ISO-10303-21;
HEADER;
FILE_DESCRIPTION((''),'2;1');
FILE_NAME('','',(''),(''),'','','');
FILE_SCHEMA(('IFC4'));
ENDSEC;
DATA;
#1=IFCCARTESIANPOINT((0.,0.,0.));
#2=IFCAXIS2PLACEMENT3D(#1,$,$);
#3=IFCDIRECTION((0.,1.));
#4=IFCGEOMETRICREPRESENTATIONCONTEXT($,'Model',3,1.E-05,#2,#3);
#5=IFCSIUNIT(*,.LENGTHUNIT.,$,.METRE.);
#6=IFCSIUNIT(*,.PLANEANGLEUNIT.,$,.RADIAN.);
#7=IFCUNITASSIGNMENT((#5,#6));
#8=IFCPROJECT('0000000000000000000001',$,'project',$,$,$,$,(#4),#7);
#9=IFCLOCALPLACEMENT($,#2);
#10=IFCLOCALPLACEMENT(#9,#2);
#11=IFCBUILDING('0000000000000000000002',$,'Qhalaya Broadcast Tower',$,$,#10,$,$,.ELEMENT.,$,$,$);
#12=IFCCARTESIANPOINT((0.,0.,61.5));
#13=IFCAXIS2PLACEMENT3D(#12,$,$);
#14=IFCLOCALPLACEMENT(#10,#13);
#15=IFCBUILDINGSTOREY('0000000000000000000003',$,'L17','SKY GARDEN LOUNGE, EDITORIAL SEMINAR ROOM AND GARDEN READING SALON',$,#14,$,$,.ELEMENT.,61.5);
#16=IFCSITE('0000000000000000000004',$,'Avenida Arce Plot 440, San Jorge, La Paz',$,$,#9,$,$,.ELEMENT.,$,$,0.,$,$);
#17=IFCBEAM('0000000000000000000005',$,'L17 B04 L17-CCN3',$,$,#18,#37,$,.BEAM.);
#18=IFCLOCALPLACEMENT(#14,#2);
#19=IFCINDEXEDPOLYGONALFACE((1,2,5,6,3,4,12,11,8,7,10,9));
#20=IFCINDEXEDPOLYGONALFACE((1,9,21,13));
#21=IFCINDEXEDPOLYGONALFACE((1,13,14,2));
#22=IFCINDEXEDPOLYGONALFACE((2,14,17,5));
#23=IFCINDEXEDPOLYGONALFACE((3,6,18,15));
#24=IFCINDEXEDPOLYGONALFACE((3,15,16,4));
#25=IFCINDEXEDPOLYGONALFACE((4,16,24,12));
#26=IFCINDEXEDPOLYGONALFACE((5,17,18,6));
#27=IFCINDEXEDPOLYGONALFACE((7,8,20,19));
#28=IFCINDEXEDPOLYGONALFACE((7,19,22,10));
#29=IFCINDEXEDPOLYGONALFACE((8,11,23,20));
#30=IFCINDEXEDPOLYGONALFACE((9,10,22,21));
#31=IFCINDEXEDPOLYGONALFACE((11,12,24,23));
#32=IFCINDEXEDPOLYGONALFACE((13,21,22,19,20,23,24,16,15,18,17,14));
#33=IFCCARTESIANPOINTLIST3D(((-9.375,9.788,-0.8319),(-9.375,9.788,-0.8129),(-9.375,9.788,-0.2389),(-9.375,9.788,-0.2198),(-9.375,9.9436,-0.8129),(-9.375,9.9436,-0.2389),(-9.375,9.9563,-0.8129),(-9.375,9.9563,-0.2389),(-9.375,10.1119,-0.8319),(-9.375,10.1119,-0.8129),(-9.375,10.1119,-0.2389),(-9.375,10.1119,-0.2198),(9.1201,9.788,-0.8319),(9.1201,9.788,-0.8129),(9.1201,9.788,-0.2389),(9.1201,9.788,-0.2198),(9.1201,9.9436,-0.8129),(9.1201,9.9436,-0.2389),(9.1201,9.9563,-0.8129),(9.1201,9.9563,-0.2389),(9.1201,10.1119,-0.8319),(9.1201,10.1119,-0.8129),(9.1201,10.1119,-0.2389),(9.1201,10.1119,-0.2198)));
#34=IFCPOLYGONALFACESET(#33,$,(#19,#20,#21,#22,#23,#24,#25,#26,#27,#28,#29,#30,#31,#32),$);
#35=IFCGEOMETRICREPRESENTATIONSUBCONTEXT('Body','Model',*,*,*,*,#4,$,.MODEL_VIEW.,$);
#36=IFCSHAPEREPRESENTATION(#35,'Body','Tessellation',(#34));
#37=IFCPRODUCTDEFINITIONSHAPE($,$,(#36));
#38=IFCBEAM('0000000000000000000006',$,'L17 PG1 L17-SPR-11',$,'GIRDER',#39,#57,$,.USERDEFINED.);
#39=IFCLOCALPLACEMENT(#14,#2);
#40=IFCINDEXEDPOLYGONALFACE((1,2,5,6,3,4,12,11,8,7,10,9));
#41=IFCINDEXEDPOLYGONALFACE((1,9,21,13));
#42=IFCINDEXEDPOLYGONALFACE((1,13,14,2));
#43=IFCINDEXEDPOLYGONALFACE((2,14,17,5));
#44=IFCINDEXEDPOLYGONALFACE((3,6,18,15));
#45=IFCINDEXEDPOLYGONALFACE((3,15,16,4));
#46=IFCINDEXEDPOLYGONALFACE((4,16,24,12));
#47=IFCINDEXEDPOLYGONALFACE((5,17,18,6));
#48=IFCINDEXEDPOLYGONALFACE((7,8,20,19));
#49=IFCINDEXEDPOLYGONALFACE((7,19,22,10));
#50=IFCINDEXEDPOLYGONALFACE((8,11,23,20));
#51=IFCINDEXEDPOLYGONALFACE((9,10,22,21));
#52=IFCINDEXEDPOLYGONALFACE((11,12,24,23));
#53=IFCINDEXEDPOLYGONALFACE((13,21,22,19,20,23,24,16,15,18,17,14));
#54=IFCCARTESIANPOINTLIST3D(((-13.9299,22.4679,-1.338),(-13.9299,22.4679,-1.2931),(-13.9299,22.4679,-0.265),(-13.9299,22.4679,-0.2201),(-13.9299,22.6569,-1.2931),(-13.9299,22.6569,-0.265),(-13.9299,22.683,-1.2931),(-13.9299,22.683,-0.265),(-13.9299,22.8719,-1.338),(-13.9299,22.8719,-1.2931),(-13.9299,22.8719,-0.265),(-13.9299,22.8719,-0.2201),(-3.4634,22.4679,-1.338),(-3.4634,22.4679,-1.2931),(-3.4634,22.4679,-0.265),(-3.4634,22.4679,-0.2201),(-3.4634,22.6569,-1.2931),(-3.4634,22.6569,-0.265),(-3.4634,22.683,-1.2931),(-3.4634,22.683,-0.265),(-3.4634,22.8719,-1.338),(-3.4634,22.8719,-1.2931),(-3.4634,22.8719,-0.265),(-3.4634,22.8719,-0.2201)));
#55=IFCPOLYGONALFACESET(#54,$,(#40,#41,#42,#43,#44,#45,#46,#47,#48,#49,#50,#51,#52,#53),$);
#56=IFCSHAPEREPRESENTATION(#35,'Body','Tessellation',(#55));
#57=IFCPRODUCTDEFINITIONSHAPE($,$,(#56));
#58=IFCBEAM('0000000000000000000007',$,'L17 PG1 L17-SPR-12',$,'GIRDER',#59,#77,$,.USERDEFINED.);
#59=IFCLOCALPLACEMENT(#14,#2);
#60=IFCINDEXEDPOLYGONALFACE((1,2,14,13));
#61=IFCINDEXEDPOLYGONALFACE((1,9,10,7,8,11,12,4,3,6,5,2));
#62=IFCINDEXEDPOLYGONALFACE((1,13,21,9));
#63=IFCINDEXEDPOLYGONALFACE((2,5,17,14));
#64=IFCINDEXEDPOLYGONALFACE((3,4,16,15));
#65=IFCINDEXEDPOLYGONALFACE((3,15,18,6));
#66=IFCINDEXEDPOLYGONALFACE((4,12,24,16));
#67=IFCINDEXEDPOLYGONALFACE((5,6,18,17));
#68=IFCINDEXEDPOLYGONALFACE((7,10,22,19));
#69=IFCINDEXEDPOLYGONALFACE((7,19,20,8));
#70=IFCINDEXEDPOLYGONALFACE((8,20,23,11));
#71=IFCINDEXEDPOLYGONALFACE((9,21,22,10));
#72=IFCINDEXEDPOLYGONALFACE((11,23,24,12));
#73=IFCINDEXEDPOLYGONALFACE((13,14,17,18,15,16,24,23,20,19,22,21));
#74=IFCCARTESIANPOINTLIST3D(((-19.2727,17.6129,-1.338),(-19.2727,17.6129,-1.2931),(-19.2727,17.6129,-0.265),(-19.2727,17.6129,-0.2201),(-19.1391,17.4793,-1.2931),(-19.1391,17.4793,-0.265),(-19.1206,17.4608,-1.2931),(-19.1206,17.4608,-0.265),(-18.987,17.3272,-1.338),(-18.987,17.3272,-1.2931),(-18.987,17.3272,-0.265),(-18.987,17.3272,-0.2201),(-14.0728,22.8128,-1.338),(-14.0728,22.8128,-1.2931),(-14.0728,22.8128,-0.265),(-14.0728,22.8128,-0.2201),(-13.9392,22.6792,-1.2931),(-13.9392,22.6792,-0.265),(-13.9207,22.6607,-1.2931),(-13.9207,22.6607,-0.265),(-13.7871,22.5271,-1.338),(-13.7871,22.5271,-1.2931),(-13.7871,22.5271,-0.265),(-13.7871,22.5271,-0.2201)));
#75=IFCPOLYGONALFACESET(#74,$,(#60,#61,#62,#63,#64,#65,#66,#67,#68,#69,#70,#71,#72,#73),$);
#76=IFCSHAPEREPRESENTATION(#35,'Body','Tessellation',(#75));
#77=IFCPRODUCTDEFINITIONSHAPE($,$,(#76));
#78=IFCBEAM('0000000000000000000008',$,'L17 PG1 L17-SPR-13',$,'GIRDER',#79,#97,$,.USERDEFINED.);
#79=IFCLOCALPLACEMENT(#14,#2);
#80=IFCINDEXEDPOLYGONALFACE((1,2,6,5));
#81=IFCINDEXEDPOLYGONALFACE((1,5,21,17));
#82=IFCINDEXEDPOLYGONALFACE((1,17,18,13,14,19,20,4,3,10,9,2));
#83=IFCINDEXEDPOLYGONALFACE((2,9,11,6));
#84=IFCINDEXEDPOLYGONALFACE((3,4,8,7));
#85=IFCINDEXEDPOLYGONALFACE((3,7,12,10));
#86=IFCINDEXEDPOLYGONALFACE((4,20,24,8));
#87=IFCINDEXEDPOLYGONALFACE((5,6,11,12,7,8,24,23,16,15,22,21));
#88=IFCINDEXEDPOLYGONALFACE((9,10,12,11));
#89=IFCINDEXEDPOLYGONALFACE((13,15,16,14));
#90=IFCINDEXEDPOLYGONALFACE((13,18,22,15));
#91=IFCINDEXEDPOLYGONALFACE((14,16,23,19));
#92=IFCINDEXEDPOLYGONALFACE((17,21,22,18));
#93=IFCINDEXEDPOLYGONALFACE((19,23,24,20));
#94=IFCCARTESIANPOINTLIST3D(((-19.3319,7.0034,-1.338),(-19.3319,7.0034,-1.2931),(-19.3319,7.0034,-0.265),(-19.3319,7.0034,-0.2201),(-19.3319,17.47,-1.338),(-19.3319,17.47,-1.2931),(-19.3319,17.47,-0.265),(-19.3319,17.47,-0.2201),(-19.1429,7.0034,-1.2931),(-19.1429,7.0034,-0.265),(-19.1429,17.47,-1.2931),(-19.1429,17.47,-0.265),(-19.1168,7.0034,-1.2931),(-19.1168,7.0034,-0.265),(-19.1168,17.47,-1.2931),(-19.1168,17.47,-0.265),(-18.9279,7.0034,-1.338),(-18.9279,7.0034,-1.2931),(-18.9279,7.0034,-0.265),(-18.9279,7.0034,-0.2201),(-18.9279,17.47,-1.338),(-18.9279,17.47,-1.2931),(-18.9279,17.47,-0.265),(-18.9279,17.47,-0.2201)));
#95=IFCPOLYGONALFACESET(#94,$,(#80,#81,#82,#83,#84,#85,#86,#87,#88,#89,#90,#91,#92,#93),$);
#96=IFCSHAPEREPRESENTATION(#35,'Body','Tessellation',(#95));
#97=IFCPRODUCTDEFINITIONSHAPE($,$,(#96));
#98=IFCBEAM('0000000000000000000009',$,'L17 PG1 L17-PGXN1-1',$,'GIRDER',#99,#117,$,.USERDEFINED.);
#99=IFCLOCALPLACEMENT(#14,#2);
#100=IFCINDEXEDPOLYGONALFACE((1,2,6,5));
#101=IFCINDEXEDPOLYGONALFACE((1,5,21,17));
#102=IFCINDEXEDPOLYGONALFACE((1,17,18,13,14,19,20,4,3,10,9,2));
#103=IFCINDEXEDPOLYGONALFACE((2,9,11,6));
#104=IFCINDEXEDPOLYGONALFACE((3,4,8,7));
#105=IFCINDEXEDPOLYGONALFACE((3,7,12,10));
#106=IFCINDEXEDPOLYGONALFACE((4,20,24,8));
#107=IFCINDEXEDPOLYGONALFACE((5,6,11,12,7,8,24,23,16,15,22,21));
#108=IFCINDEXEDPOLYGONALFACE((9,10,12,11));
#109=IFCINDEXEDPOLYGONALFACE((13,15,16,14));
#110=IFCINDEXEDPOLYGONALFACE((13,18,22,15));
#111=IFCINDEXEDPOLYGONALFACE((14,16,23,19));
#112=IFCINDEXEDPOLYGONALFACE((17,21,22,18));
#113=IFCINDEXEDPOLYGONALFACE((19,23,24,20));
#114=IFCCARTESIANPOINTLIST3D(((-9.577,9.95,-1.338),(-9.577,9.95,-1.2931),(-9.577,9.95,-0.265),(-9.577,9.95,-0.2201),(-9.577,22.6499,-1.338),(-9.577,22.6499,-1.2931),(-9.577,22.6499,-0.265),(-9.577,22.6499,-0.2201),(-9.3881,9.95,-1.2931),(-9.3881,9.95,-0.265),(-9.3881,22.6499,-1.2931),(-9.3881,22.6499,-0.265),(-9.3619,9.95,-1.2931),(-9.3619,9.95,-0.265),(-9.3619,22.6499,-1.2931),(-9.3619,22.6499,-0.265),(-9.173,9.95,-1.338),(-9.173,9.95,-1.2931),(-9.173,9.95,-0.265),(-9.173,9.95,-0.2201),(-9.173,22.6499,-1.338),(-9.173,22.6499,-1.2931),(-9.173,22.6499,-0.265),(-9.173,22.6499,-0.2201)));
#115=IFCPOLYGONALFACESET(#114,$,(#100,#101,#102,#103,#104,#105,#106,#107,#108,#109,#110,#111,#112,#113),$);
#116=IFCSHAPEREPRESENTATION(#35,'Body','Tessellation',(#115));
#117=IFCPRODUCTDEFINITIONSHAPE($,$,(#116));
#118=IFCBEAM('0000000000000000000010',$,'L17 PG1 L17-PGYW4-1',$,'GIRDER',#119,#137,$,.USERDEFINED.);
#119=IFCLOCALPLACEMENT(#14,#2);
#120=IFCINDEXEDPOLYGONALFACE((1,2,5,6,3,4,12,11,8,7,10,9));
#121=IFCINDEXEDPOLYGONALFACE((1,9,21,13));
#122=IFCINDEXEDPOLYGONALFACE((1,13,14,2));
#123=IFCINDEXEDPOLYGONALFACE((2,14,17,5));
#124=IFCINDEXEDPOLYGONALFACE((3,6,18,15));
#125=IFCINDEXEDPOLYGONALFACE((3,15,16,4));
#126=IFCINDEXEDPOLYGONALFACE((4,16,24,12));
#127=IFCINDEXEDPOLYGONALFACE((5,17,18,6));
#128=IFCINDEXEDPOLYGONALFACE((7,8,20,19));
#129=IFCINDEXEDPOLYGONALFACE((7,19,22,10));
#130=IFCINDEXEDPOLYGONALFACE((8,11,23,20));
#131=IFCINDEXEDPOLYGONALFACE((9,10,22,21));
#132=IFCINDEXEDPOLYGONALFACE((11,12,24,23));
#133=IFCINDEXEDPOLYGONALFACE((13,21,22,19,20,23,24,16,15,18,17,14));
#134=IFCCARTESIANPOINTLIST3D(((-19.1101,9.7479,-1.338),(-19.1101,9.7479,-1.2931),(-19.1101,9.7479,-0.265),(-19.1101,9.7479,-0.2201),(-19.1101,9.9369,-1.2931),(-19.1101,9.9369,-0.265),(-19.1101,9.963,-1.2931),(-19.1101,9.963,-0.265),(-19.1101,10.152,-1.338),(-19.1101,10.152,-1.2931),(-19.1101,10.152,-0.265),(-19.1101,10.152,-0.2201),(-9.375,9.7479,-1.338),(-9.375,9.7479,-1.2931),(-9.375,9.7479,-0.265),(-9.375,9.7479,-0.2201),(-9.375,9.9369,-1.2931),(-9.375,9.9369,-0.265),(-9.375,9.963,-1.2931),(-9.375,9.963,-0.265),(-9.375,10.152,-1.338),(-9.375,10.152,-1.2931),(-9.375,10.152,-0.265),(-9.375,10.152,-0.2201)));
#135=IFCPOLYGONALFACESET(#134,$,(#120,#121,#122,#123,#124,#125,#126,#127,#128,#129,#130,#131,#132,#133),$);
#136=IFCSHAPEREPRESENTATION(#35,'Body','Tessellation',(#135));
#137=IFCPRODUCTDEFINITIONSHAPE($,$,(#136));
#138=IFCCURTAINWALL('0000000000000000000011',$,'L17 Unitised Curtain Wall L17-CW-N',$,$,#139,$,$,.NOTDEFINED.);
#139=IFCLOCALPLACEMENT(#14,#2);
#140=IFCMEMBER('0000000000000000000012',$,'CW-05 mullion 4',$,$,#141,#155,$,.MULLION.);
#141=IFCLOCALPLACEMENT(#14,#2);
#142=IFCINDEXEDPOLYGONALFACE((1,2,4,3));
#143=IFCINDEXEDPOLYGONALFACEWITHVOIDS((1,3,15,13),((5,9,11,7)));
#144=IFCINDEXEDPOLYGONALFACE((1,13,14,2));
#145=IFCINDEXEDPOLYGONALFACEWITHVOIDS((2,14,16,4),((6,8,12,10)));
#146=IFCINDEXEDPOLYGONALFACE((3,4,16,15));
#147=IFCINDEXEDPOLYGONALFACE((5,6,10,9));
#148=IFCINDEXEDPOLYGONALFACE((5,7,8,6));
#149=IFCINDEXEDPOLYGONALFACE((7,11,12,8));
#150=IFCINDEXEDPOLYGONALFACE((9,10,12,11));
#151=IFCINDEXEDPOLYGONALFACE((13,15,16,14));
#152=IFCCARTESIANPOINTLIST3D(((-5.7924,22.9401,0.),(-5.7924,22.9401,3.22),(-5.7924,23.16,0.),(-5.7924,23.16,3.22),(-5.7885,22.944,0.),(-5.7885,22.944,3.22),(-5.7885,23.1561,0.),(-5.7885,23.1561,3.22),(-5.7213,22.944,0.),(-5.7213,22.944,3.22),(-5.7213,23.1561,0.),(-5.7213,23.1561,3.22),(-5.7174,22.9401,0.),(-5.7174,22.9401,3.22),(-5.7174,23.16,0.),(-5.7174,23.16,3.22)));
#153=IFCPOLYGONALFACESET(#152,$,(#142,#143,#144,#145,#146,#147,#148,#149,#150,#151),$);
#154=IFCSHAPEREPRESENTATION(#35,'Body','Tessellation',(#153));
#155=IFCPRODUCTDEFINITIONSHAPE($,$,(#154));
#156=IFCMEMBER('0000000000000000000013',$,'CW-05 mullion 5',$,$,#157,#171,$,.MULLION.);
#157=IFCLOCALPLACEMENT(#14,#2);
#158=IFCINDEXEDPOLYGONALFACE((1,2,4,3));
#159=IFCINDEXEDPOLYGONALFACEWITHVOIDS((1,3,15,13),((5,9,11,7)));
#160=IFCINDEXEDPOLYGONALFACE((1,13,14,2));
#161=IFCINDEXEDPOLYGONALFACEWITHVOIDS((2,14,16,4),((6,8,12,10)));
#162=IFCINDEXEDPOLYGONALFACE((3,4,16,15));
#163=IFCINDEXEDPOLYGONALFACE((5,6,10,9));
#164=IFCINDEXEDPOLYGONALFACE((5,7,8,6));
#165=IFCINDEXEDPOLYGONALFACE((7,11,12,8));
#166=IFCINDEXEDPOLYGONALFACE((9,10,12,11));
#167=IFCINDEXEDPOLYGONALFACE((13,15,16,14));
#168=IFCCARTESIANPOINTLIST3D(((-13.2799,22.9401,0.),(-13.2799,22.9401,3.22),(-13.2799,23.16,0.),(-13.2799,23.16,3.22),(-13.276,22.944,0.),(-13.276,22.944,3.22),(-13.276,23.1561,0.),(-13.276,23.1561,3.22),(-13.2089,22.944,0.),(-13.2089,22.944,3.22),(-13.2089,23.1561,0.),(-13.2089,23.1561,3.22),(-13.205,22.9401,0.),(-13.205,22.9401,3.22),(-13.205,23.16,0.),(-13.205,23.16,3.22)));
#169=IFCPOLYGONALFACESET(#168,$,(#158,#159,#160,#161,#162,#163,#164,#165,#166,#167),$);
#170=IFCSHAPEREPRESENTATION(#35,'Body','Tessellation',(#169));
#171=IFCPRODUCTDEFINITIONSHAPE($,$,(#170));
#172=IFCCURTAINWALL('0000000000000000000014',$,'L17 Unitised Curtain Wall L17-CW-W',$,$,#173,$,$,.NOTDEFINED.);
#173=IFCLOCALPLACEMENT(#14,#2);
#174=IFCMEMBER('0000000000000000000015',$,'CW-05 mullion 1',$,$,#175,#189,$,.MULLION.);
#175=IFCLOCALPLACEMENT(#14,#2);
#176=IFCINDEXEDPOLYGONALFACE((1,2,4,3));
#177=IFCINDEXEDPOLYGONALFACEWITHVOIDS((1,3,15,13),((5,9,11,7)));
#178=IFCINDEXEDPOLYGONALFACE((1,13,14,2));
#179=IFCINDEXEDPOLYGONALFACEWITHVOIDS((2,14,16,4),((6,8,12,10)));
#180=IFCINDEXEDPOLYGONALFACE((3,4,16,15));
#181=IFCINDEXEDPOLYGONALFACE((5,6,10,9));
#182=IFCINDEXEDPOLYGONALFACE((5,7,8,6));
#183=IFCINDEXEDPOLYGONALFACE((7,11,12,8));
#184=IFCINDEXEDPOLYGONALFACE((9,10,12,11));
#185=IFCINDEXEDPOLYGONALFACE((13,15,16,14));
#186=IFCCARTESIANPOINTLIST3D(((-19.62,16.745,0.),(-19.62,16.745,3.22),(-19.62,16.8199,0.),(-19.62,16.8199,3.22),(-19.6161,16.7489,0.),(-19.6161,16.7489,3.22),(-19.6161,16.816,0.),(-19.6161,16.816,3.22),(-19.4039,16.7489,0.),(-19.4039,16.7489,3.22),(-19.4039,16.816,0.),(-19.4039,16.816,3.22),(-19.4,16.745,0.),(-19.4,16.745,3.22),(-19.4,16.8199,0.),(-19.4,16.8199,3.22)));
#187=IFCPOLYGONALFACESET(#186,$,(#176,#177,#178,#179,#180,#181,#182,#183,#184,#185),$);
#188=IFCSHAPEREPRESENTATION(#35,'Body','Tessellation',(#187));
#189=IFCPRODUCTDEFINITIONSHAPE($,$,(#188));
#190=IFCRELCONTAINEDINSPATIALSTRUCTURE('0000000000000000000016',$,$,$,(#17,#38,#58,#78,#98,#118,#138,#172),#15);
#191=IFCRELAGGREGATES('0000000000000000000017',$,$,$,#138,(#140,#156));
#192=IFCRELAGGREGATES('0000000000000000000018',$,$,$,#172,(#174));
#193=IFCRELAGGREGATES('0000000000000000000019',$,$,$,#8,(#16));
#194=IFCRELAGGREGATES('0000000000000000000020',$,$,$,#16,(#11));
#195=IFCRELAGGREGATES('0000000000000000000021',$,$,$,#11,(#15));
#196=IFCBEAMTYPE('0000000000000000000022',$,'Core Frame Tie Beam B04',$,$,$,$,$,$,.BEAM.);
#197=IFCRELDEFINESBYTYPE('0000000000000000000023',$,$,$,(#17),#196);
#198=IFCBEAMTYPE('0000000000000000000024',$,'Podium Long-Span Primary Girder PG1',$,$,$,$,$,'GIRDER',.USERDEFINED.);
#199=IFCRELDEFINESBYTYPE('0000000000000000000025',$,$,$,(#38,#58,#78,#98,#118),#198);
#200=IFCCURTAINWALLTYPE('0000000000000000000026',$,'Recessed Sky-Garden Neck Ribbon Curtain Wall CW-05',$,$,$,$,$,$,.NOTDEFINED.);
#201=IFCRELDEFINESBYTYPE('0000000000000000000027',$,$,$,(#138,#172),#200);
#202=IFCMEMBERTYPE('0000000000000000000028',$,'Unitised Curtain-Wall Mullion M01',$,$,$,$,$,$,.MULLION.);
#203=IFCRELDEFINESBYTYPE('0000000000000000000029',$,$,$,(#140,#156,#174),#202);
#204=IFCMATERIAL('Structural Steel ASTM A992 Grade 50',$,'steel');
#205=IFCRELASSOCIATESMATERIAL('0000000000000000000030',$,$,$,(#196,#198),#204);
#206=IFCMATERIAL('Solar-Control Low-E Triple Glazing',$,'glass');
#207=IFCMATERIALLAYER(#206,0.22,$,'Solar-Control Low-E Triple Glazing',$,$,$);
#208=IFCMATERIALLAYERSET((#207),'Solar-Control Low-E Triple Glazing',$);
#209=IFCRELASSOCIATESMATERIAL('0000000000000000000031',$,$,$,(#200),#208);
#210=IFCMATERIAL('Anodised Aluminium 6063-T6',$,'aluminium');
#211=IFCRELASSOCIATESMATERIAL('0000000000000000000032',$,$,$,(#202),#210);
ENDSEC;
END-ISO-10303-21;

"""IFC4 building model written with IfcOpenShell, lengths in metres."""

from ifc_helpers import new_model, si_unit, direction, frame, origin, origin_2d, place, context, subcontext, project, spatial, hollow_rectangle, i_section, extrude, material, layer, layer_set, material_profile, profile_set, type_object, element, aggregate, save


model = new_model("IFC4")

# Units and contexts
model_context = context("Model", 3, precision=1e-05, world=origin(), true_north=direction((0.0, 1.0)))
body_context = subcontext(model_context, "Body", "Model", "MODEL_VIEW")
ifc_project = project(units=[si_unit("LENGTHUNIT", "METRE"), si_unit("PLANEANGLEUNIT", "RADIAN")], contexts=[model_context])

# Site, building, storey
site_placement = place(None, origin())
site = spatial("IfcSite", under=ifc_project, at=site_placement, Name="Avenida Arce Plot 440, San Jorge, La Paz", CompositionType="ELEMENT", RefElevation=0.0)
building_placement = place(site_placement, origin())
building = spatial("IfcBuilding", under=site, at=building_placement, Name="Qhalaya Broadcast Tower", CompositionType="ELEMENT")
storey_placement = place(building_placement, frame((0.0, 0.0, 61.5)))
storey = spatial("IfcBuildingStorey", under=building, at=storey_placement, Name="L17", Description="SKY GARDEN LOUNGE, EDITORIAL SEMINAR ROOM AND GARDEN READING SALON", CompositionType="ELEMENT", Elevation=61.5)

# Shared definitions
ifc_material_1 = material(Name="Structural Steel ASTM A992 Grade 50", Category="steel")

# Beams
ifc_material_profile_1 = material_profile(ifc_material_1, i_section(OverallWidth=0.324, OverallDepth=0.6121, WebThickness=0.0127, FlangeThickness=0.019, at=origin_2d()), Name="W24X104")
ifc_profile_set_1 = profile_set([ifc_material_profile_1], Name="Structural Steel ASTM A992 Grade 50")
beam_type_1 = type_object("IfcBeamType", Name="Core Frame Tie Beam B04", PredefinedType="BEAM", material=ifc_profile_set_1)
beam_1_placement = place(storey_placement, frame((-9.375, 9.95, -0.5259), z_axis=(1.0, 0.0, 0.0), x_axis=(0.0, 1.0, 0.0)))
element("IfcBeam", 1, at=beam_1_placement, inside=storey, type_object=beam_type_1, Name="L17 B04 L17-CCN3", PredefinedType="BEAM", context=body_context, shape_type="SweptSolid", body=[
    extrude(i_section(OverallWidth=0.324, OverallDepth=0.6121, WebThickness=0.0127, FlangeThickness=0.019, at=origin_2d()), origin(), (0.0, 0.0, 1.0), 18.4951),
])
ifc_material_profile_2 = material_profile(ifc_material_1, i_section(OverallWidth=0.4041, OverallDepth=1.1179, WebThickness=0.0261, FlangeThickness=0.0449, at=origin_2d()), Name="W44X335")
ifc_profile_set_2 = profile_set([ifc_material_profile_2], Name="Structural Steel ASTM A992 Grade 50")
beam_type_2 = type_object("IfcBeamType", Name="Podium Long-Span Primary Girder PG1", ElementType="GIRDER", PredefinedType="USERDEFINED", material=ifc_profile_set_2)
beam_2_placement = place(storey_placement, frame((-3.4634, 22.6699, -0.7791), z_axis=(-1.0, 0.0, 0.0), x_axis=(0.0, -1.0, 0.0)))
element("IfcBeam", 2, at=beam_2_placement, inside=storey, type_object=beam_type_2, Name="L17 PG1 L17-SPR-11", ObjectType="GIRDER", PredefinedType="USERDEFINED", context=body_context, shape_type="SweptSolid", body=[
    extrude(i_section(OverallWidth=0.4041, OverallDepth=1.1179, WebThickness=0.0261, FlangeThickness=0.0449, at=origin_2d()), origin(), (0.0, 0.0, 1.0), 10.4666),
])
beam_3_placement = place(storey_placement, frame((-13.9299, 22.6699, -0.7791), z_axis=(-0.707107, -0.707107, 0.0), x_axis=(0.707107, -0.707107, 0.0)))
element("IfcBeam", 3, at=beam_3_placement, inside=storey, type_object=beam_type_2, Name="L17 PG1 L17-SPR-12", ObjectType="GIRDER", PredefinedType="USERDEFINED", context=body_context, shape_type="SweptSolid", body=[
    extrude(i_section(OverallWidth=0.4041, OverallDepth=1.1179, WebThickness=0.0261, FlangeThickness=0.0449, at=origin_2d()), origin(), (0.0, 0.0, 1.0), 7.3538),
])
beam_4_placement = place(storey_placement, frame((-19.1299, 17.47, -0.7791), z_axis=(0.0, -1.0, 0.0), x_axis=(1.0, 0.0, 0.0)))
element("IfcBeam", 4, at=beam_4_placement, inside=storey, type_object=beam_type_2, Name="L17 PG1 L17-SPR-13", ObjectType="GIRDER", PredefinedType="USERDEFINED", context=body_context, shape_type="SweptSolid", body=[
    extrude(i_section(OverallWidth=0.4041, OverallDepth=1.1179, WebThickness=0.0261, FlangeThickness=0.0449, at=origin_2d()), origin(), (0.0, 0.0, 1.0), 10.4666),
])
beam_5_placement = place(storey_placement, frame((-9.375, 9.95, -0.7791), z_axis=(0.0, 1.0, 0.0), x_axis=(-1.0, 0.0, 0.0)))
element("IfcBeam", 5, at=beam_5_placement, inside=storey, type_object=beam_type_2, Name="L17 PG1 L17-PGXN1-1", ObjectType="GIRDER", PredefinedType="USERDEFINED", context=body_context, shape_type="SweptSolid", body=[
    extrude(i_section(OverallWidth=0.4041, OverallDepth=1.1179, WebThickness=0.0261, FlangeThickness=0.0449, at=origin_2d()), origin(), (0.0, 0.0, 1.0), 12.7),
])
beam_6_placement = place(storey_placement, frame((-19.1101, 9.95, -0.7791), z_axis=(1.0, 0.0, 0.0), x_axis=(0.0, 1.0, 0.0)))
element("IfcBeam", 6, at=beam_6_placement, inside=storey, type_object=beam_type_2, Name="L17 PG1 L17-PGYW4-1", ObjectType="GIRDER", PredefinedType="USERDEFINED", context=body_context, shape_type="SweptSolid", body=[
    extrude(i_section(OverallWidth=0.4041, OverallDepth=1.1179, WebThickness=0.0261, FlangeThickness=0.0449, at=origin_2d()), origin(), (0.0, 0.0, 1.0), 9.7351),
])

# Curtain wall, members
ifc_material_2 = material(Name="Solar-Control Low-E Triple Glazing", Category="glass")
ifc_layer_1 = layer(ifc_material_2, 0.22, Name="Solar-Control Low-E Triple Glazing")
ifc_layer_set_1 = layer_set([ifc_layer_1], Name="Solar-Control Low-E Triple Glazing")
curtain_wall_type = type_object("IfcCurtainWallType", Name="Recessed Sky-Garden Neck Ribbon Curtain Wall CW-05", PredefinedType="NOTDEFINED", material=ifc_layer_set_1)
curtain_wall_1_placement = place(storey_placement, origin())
curtain_wall_1 = element("IfcCurtainWall", 7, at=curtain_wall_1_placement, inside=storey, type_object=curtain_wall_type, Name="L17 Unitised Curtain Wall L17-CW-N", PredefinedType="NOTDEFINED")
ifc_material_3 = material(Name="Anodised Aluminium 6063-T6", Category="aluminium")
ifc_material_profile_3 = material_profile(ifc_material_3, hollow_rectangle(XDim=0.075, YDim=0.22, WallThickness=0.0039, at=origin_2d()), Name="ALU-MUL 75x220x4")
ifc_profile_set_3 = profile_set([ifc_material_profile_3], Name="Anodised Aluminium 6063-T6")
member_type_1 = type_object("IfcMemberType", Name="Unitised Curtain-Wall Mullion M01", PredefinedType="MULLION", material=ifc_profile_set_3)
member_1_placement = place(storey_placement, frame((-5.7549, 23.05, 0.0), z_axis=(0.0, 0.0, 1.0), x_axis=(-1.0, 0.0, 0.0)))
member_1 = element("IfcMember", 8, at=member_1_placement, type_object=member_type_1, Name="CW-05 mullion 4", PredefinedType="MULLION", context=body_context, shape_type="SweptSolid", body=[
    extrude(hollow_rectangle(XDim=0.075, YDim=0.22, WallThickness=0.0039, at=origin_2d()), origin(), (0.0, 0.0, 1.0), 3.22),
])
member_2_placement = place(storey_placement, frame((-13.2424, 23.05, 0.0), z_axis=(0.0, 0.0, 1.0), x_axis=(-1.0, 0.0, 0.0)))
member_2 = element("IfcMember", 9, at=member_2_placement, type_object=member_type_1, Name="CW-05 mullion 5", PredefinedType="MULLION", context=body_context, shape_type="SweptSolid", body=[
    extrude(hollow_rectangle(XDim=0.075, YDim=0.22, WallThickness=0.0039, at=origin_2d()), origin(), (0.0, 0.0, 1.0), 3.22),
])

# Curtain wall, member
curtain_wall_2_placement = place(storey_placement, origin())
curtain_wall_2 = element("IfcCurtainWall", 10, at=curtain_wall_2_placement, inside=storey, type_object=curtain_wall_type, Name="L17 Unitised Curtain Wall L17-CW-W", PredefinedType="NOTDEFINED")
member_3_placement = place(storey_placement, frame((-19.51, 16.7825, 0.0), z_axis=(0.0, 0.0, 1.0), x_axis=(0.0, -1.0, 0.0)))
member_3 = element("IfcMember", 11, at=member_3_placement, type_object=member_type_1, Name="CW-05 mullion 1", PredefinedType="MULLION", context=body_context, shape_type="SweptSolid", body=[
    extrude(hollow_rectangle(XDim=0.075, YDim=0.22, WallThickness=0.0039, at=origin_2d()), origin(), (0.0, 0.0, 1.0), 3.22),
])

aggregate(curtain_wall_1, [member_1, member_2])
aggregate(curtain_wall_2, [member_3])

save(model, "model.ifc")
